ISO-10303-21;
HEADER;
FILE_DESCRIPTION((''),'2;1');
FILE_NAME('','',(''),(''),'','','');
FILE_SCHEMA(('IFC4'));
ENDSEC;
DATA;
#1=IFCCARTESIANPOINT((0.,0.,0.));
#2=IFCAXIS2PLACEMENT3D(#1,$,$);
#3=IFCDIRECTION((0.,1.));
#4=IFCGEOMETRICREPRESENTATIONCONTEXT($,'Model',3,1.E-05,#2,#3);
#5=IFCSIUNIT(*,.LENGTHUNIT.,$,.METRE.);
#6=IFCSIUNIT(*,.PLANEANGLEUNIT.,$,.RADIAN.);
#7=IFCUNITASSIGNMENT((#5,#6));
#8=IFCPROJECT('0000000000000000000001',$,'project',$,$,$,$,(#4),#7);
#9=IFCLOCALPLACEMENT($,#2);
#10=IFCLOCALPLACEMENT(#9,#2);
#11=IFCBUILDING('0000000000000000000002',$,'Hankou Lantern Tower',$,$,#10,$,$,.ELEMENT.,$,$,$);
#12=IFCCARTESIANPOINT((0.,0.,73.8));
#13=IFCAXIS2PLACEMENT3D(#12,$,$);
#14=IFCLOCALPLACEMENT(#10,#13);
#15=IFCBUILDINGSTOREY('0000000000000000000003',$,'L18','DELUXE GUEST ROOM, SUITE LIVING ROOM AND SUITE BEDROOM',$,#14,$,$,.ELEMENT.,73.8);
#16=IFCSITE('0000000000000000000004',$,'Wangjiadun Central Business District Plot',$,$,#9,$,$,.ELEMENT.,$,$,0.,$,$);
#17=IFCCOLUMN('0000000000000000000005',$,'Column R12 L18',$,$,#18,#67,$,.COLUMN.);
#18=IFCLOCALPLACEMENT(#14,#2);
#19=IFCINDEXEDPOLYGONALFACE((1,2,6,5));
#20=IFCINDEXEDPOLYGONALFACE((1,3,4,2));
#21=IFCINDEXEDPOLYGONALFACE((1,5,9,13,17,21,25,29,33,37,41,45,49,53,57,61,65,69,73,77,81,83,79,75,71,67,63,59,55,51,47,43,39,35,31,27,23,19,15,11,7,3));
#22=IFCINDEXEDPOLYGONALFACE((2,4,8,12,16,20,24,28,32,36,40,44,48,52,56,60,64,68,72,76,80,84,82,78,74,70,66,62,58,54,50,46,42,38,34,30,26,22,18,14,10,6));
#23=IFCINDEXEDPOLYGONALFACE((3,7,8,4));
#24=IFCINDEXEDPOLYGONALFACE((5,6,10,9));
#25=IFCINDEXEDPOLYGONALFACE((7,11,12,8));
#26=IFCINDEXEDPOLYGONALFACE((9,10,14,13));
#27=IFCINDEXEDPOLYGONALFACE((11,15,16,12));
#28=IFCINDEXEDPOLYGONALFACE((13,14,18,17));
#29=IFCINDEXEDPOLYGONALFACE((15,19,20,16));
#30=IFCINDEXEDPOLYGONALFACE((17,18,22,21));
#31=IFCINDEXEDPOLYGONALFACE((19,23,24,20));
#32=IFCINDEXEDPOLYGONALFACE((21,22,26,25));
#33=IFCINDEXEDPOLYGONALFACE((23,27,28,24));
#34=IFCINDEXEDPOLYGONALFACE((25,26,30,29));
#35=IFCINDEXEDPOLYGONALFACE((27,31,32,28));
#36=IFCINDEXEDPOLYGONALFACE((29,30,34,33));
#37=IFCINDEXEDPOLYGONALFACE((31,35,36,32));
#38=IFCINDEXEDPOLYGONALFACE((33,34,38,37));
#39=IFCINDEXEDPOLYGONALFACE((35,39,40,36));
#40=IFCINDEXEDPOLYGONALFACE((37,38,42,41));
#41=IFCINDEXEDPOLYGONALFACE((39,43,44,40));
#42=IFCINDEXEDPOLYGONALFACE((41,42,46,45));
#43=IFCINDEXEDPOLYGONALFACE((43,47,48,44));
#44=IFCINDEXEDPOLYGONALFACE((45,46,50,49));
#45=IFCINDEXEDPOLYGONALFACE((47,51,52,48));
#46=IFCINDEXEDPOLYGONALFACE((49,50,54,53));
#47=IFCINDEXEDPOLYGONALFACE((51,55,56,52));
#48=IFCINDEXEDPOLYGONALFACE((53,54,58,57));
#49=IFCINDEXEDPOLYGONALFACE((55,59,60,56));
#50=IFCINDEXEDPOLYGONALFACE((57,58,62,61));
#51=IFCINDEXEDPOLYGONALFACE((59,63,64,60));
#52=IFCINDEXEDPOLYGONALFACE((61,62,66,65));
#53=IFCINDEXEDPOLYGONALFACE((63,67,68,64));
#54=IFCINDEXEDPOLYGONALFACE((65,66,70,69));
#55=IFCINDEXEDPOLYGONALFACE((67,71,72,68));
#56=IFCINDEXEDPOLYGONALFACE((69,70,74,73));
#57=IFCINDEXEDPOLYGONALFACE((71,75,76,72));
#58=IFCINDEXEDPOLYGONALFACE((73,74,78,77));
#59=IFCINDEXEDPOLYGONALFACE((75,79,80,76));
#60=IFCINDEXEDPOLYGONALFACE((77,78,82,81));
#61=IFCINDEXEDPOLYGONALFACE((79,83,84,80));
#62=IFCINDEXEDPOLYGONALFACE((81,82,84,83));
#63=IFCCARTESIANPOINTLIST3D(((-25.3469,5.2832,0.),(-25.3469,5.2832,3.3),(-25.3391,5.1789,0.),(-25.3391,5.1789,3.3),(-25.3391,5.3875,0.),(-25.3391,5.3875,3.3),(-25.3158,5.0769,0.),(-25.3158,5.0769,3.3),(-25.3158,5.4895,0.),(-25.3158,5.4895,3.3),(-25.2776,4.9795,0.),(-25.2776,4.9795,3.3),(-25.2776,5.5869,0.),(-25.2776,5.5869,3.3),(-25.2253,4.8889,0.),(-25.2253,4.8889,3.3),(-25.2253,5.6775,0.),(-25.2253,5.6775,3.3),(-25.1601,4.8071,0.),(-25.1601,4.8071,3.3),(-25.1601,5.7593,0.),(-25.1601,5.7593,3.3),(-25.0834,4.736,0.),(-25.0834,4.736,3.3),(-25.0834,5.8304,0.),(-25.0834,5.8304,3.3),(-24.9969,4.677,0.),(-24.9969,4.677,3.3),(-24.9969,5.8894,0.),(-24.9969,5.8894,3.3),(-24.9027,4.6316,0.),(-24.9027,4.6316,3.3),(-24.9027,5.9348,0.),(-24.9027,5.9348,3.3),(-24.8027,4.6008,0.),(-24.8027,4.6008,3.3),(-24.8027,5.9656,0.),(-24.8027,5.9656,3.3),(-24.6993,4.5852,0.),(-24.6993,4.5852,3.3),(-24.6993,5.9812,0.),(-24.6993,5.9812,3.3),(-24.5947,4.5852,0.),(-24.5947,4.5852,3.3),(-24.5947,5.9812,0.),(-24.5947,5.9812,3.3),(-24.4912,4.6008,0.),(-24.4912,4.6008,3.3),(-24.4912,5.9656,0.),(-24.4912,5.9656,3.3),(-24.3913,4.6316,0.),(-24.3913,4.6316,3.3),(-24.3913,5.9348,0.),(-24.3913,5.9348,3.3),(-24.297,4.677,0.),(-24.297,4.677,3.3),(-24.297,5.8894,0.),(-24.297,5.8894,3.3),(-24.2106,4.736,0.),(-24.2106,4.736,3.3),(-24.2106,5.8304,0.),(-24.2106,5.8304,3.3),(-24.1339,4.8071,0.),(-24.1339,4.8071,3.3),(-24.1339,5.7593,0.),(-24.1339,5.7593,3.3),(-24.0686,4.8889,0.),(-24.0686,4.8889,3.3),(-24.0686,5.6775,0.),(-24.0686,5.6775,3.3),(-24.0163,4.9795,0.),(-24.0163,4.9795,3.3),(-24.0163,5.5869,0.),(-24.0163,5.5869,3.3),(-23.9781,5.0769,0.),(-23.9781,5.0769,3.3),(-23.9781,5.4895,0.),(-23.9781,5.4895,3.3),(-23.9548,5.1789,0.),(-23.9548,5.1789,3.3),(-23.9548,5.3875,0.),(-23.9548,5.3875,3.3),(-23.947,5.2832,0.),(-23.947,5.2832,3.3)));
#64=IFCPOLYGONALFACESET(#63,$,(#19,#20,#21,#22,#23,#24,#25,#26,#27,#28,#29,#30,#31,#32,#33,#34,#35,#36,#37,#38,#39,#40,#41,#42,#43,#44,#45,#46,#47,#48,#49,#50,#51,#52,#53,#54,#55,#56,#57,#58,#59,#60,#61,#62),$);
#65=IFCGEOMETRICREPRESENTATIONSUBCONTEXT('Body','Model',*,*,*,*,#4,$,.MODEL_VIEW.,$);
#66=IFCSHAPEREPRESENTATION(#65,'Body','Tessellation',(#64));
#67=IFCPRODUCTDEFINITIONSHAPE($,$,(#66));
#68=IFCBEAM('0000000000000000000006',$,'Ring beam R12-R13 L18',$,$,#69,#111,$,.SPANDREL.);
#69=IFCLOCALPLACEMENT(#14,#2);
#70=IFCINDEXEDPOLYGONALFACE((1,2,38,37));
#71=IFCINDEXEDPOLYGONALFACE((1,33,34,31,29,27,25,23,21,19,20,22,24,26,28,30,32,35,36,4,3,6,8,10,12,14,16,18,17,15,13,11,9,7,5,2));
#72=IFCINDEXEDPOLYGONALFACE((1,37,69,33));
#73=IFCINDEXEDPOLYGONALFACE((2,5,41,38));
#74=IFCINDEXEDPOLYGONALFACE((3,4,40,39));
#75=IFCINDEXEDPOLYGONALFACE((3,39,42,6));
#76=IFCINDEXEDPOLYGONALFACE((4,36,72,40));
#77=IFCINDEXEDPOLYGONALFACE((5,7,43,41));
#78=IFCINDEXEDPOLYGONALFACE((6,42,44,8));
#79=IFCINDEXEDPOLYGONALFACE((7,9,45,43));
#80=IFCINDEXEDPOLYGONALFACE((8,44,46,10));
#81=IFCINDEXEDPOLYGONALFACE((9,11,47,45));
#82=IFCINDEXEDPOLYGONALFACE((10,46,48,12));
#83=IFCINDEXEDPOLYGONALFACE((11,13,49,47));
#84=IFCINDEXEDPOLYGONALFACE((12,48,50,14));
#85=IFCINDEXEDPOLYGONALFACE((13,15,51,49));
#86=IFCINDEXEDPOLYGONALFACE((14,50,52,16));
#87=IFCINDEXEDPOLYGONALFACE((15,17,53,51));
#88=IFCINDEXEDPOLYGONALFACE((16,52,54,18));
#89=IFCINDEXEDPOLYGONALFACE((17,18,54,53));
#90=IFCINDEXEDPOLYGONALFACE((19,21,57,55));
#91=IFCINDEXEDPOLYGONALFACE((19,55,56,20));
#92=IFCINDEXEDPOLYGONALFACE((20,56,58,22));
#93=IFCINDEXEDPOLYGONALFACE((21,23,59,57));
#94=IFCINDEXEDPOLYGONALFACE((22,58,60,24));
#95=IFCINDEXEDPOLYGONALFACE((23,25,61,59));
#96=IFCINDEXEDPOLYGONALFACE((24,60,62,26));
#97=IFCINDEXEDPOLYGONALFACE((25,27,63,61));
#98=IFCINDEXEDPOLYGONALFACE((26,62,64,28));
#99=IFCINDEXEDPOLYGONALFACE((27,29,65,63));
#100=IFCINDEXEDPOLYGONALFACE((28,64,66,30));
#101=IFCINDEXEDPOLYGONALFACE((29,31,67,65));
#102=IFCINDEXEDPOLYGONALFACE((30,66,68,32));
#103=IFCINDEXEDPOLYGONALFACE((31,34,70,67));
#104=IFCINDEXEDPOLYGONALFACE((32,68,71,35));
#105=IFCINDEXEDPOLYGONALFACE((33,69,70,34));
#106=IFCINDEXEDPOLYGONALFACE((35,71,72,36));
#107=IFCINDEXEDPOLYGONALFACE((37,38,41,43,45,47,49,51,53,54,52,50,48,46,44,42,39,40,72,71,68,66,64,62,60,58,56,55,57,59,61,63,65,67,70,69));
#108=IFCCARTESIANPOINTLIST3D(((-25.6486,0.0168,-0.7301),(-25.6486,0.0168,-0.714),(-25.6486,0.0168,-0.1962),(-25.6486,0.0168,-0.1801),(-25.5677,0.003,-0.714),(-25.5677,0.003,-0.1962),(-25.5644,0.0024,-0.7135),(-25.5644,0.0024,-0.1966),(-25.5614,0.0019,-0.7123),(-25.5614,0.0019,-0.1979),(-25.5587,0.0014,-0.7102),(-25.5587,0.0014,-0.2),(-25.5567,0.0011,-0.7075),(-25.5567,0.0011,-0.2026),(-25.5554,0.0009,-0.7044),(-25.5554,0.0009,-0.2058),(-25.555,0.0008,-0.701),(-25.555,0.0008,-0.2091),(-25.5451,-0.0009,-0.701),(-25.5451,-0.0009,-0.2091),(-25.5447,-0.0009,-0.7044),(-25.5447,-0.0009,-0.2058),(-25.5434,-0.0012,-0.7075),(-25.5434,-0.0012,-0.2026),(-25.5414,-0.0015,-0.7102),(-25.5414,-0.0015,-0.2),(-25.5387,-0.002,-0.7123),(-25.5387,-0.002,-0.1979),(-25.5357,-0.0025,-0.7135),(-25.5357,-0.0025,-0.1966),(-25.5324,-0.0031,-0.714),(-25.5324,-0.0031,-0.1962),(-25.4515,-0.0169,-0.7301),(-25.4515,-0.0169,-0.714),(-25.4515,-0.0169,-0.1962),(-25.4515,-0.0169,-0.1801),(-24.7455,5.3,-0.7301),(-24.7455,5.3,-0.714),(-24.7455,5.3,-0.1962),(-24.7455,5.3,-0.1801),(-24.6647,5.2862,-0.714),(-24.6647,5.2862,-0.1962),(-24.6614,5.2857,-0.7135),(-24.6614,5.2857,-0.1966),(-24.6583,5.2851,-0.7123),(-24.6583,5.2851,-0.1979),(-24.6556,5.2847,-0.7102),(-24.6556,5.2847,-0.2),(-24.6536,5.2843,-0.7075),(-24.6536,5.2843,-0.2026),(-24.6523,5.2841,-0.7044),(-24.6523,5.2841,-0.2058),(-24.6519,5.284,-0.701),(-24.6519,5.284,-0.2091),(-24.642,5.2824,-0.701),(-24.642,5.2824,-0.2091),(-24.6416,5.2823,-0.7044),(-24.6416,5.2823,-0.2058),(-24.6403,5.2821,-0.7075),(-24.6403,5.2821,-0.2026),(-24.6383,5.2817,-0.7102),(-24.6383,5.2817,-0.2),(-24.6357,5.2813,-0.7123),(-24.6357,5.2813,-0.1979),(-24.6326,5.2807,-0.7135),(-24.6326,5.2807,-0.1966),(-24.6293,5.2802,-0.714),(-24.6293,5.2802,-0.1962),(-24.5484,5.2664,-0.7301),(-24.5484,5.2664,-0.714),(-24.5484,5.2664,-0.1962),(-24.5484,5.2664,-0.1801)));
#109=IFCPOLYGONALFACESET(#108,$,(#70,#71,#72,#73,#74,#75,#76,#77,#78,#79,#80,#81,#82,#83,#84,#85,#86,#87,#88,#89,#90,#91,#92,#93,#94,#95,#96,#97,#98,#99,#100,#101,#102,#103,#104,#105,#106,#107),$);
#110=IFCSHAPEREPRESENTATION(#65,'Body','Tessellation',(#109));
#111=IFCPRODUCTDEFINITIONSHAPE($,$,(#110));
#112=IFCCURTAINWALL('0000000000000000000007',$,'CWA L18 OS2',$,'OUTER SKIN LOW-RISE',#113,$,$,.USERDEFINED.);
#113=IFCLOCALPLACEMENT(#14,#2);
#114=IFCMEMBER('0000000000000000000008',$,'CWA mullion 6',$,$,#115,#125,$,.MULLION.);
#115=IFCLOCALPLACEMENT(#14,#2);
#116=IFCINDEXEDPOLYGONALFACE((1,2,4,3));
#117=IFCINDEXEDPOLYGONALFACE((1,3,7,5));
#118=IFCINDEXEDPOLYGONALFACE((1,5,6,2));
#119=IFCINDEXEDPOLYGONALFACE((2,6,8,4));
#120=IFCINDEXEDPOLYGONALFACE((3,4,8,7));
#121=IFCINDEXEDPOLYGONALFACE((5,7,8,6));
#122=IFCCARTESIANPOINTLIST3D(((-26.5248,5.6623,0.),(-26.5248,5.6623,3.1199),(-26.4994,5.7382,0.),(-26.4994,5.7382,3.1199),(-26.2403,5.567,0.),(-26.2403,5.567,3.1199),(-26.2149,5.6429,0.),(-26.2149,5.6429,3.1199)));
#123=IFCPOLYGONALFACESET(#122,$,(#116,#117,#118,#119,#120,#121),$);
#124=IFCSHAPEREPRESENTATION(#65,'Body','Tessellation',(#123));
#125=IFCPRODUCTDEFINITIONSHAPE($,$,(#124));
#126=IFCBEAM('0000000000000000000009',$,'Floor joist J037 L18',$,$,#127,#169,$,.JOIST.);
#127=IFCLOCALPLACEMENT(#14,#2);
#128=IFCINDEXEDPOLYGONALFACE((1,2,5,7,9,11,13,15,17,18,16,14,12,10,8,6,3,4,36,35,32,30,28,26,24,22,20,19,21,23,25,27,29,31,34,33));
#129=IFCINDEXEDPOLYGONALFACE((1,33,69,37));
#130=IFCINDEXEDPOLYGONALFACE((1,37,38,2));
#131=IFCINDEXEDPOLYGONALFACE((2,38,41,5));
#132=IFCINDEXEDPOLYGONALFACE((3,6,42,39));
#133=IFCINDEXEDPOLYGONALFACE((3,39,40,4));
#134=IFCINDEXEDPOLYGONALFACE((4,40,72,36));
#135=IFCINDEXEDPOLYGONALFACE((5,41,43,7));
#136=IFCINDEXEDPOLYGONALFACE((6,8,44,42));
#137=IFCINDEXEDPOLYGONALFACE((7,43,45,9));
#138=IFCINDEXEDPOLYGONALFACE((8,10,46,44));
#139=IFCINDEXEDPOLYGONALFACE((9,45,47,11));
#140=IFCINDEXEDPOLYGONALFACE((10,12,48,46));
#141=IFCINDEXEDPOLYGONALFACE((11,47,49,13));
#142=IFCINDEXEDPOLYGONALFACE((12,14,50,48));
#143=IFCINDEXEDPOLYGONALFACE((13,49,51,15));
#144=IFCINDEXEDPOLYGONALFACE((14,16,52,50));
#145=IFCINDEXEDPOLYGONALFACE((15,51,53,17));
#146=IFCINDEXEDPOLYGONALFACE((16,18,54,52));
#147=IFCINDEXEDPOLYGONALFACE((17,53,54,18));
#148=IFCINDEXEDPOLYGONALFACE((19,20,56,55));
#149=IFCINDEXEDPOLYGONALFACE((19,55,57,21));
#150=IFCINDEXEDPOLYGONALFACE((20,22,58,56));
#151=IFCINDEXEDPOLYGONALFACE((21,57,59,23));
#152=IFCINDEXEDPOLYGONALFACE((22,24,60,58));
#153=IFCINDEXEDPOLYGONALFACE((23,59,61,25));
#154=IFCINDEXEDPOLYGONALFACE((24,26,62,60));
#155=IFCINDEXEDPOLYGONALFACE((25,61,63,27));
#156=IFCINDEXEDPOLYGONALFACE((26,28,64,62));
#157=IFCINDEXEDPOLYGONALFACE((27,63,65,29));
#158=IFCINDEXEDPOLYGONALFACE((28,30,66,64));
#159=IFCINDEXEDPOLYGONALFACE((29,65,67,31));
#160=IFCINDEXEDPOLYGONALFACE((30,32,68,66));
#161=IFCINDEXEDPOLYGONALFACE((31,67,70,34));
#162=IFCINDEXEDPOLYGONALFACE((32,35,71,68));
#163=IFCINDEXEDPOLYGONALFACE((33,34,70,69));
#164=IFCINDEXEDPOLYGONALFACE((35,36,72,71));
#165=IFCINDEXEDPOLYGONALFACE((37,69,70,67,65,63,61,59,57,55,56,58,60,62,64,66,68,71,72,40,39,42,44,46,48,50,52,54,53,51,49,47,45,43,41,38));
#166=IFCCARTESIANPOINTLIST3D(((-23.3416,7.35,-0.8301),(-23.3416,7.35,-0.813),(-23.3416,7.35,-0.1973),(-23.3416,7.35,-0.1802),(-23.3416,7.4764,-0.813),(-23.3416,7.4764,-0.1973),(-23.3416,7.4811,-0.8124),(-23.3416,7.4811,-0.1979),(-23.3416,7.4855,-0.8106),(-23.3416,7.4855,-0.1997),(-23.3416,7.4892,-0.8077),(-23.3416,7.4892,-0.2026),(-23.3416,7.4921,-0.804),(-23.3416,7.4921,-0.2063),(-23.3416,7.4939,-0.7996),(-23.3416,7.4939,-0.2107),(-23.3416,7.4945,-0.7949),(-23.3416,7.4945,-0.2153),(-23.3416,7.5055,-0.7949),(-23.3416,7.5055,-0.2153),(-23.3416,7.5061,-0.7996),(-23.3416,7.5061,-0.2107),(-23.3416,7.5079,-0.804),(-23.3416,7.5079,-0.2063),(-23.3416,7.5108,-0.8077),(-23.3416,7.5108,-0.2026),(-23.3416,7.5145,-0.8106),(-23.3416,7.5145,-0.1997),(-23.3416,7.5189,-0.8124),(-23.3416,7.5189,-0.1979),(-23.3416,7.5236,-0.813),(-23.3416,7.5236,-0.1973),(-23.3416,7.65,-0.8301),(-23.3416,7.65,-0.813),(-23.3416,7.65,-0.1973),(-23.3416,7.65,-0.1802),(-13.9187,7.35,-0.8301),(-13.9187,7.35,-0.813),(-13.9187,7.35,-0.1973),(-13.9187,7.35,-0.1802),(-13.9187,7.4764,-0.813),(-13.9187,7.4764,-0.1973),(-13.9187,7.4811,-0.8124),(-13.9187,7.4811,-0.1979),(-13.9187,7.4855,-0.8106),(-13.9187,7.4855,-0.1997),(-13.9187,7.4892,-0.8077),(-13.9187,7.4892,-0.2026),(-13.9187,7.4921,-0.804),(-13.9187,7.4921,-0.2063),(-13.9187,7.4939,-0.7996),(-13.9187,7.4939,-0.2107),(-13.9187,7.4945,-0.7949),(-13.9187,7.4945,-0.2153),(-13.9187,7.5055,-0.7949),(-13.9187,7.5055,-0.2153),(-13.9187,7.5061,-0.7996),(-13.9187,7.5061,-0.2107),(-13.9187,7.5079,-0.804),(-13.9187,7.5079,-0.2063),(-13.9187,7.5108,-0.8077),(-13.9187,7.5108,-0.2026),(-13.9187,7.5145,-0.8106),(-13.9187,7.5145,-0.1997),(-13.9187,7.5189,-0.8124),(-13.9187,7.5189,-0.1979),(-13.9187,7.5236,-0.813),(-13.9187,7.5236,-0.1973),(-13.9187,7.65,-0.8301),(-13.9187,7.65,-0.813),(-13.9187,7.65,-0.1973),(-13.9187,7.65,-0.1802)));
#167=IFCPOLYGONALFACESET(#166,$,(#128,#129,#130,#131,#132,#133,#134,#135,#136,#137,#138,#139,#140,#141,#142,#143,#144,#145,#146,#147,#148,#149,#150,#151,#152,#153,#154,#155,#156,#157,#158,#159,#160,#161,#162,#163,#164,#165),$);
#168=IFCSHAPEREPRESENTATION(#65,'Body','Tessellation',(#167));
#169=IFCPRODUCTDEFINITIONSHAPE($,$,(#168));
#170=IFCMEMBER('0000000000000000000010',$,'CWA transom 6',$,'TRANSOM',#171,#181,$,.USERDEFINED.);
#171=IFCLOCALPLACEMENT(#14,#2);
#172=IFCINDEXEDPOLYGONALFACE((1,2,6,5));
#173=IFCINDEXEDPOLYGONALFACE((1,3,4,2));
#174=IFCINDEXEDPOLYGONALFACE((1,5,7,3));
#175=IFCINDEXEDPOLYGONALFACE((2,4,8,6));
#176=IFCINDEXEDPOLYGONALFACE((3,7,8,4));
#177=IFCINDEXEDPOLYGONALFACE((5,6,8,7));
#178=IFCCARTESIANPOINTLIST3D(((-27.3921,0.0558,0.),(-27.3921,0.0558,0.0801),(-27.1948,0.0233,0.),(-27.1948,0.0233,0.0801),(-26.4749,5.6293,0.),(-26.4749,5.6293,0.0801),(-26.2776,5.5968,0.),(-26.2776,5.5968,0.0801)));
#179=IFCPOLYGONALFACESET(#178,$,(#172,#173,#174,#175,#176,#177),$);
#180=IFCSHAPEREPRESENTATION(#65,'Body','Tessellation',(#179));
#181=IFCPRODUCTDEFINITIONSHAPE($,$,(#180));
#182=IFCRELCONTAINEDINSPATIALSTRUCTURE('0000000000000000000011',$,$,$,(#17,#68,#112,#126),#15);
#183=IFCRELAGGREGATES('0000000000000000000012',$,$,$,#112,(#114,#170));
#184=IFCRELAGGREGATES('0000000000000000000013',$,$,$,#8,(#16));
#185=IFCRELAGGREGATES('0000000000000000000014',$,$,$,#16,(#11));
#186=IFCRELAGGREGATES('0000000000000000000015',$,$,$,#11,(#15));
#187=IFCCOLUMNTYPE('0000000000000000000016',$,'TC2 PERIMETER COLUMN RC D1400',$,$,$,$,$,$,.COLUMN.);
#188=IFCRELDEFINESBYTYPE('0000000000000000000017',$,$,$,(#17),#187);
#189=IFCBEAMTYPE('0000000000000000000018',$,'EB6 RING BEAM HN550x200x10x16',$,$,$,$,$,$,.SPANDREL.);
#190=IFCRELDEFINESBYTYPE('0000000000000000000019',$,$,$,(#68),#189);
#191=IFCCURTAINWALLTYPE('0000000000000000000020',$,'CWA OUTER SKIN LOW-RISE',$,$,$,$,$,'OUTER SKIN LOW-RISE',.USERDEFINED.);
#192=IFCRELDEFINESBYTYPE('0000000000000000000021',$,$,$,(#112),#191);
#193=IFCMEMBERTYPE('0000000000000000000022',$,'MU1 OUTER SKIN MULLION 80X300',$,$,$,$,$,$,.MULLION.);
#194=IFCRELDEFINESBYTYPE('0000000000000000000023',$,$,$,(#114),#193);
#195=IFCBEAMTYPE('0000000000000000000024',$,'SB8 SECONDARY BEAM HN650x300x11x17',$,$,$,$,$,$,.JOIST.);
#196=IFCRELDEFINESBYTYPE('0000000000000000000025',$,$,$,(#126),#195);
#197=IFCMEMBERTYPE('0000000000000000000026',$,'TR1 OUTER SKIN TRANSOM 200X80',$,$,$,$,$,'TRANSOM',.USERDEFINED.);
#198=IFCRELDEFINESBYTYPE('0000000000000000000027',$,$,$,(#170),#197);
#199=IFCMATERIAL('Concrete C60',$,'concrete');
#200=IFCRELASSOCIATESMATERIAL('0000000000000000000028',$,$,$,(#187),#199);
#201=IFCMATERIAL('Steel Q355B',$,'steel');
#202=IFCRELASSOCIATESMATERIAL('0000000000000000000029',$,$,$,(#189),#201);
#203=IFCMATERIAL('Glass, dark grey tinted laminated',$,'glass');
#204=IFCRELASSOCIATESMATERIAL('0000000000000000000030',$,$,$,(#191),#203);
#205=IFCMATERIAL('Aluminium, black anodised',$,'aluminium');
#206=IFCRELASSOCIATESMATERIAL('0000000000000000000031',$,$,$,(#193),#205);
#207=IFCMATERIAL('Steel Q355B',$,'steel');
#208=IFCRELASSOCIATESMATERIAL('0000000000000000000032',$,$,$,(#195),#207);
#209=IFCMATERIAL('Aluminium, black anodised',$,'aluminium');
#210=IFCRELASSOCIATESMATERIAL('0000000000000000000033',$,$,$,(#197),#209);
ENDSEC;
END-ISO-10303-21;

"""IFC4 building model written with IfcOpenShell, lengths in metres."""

from ifc_helpers import new_model, si_unit, direction, frame, origin, origin_2d, place, context, subcontext, project, spatial, rectangle, circle, i_section, extrude, material, material_profile, profile_set, type_object, element, aggregate, save


model = new_model("IFC4")

# Units and contexts
model_context = context("Model", 3, precision=1e-05, world=origin(), true_north=direction((0.0, 1.0)))
body_context = subcontext(model_context, "Body", "Model", "MODEL_VIEW")
ifc_project = project(units=[si_unit("LENGTHUNIT", "METRE"), si_unit("PLANEANGLEUNIT", "RADIAN")], contexts=[model_context])

# Site, building, storey
site_placement = place(None, origin())
site = spatial("IfcSite", under=ifc_project, at=site_placement, Name="Wangjiadun Central Business District Plot", CompositionType="ELEMENT", RefElevation=0.0)
building_placement = place(site_placement, origin())
building = spatial("IfcBuilding", under=site, at=building_placement, Name="Hankou Lantern Tower", CompositionType="ELEMENT")
storey_placement = place(building_placement, frame((0.0, 0.0, 73.8)))
storey = spatial("IfcBuildingStorey", under=building, at=storey_placement, Name="L18", Description="DELUXE GUEST ROOM, SUITE LIVING ROOM AND SUITE BEDROOM", CompositionType="ELEMENT", Elevation=73.8)

# Column
ifc_material_1 = material(Name="Concrete C60", Category="concrete")
ifc_material_profile_1 = material_profile(ifc_material_1, circle(Radius=0.7, at=origin_2d()), Name="RC D1400")
ifc_profile_set_1 = profile_set([ifc_material_profile_1], Name="Concrete C60")
column_type = type_object("IfcColumnType", Name="TC2 PERIMETER COLUMN RC D1400", PredefinedType="COLUMN", material=ifc_profile_set_1)
column_placement = place(storey_placement, frame((-24.647, 5.2832, 0.0), z_axis=(0.0, 0.0, 1.0), x_axis=(1.0, 0.0, 0.0)))
element("IfcColumn", 1, at=column_placement, inside=storey, type_object=column_type, Name="Column R12 L18", PredefinedType="COLUMN", context=body_context, shape_type="SweptSolid", body=[
    extrude(circle(Radius=0.7, at=origin_2d()), origin(), (0.0, 0.0, 1.0), 3.3),
])

# Beam
ifc_material_2 = material(Name="Steel Q355B", Category="steel")
ifc_material_profile_2 = material_profile(ifc_material_2, i_section(OverallWidth=0.2, OverallDepth=0.55, WebThickness=0.01, FlangeThickness=0.0161, FilletRadius=0.0129, at=origin_2d()), Name="HN550x200x10x16")
ifc_profile_set_2 = profile_set([ifc_material_profile_2], Name="Steel Q355B")
beam_type_1 = type_object("IfcBeamType", Name="EB6 RING BEAM HN550x200x10x16", PredefinedType="SPANDREL", material=ifc_profile_set_2)
beam_1_placement = place(storey_placement, frame((-24.647, 5.2832, -0.4551), z_axis=(-0.16849, -0.985703, 0.0), x_axis=(0.985703, -0.16849, 0.0)))
element("IfcBeam", 2, at=beam_1_placement, inside=storey, type_object=beam_type_1, Name="Ring beam R12-R13 L18", PredefinedType="SPANDREL", context=body_context, shape_type="SweptSolid", body=[
    extrude(i_section(OverallWidth=0.2, OverallDepth=0.55, WebThickness=0.01, FlangeThickness=0.0161, FilletRadius=0.0129, at=origin_2d()), origin(), (0.0, 0.0, 1.0), 5.3599),
])

# Curtain wall, member
ifc_material_3 = material(Name="Glass, dark grey tinted laminated", Category="glass")
curtain_wall_type = type_object("IfcCurtainWallType", Name="CWA OUTER SKIN LOW-RISE", ElementType="OUTER SKIN LOW-RISE", PredefinedType="USERDEFINED", material=ifc_material_3)
curtain_wall_placement = place(storey_placement, origin())
curtain_wall = element("IfcCurtainWall", 3, at=curtain_wall_placement, inside=storey, type_object=curtain_wall_type, Name="CWA L18 OS2", ObjectType="OUTER SKIN LOW-RISE", PredefinedType="USERDEFINED")
ifc_material_4 = material(Name="Aluminium, black anodised", Category="aluminium")
ifc_material_profile_3 = material_profile(ifc_material_4, rectangle(XDim=0.0801, YDim=0.3, at=origin_2d()), Name="MU1 80X300")
ifc_profile_set_3 = profile_set([ifc_material_profile_3], Name="Aluminium, black anodised")
member_type_1 = type_object("IfcMemberType", Name="MU1 OUTER SKIN MULLION 80X300", PredefinedType="MULLION", material=ifc_profile_set_3)
member_1_placement = place(storey_placement, frame((-26.3699, 5.6526, 0.0), z_axis=(0.0, 0.0, 1.0), x_axis=(-0.317596, -0.948226, 0.0)))
member_1 = element("IfcMember", 4, at=member_1_placement, type_object=member_type_1, Name="CWA mullion 6", PredefinedType="MULLION", context=body_context, shape_type="SweptSolid", body=[
    extrude(rectangle(XDim=0.0801, YDim=0.3, at=origin_2d()), origin(), (0.0, 0.0, 1.0), 3.1199),
])

# Beam
ifc_material_5 = material(Name="Steel Q355B", Category="steel")
ifc_material_profile_4 = material_profile(ifc_material_5, i_section(OverallWidth=0.3, OverallDepth=0.6499, WebThickness=0.011, FlangeThickness=0.0171, FilletRadius=0.0181, at=origin_2d()), Name="HN650x300x11x17")
ifc_profile_set_4 = profile_set([ifc_material_profile_4], Name="Steel Q355B")
beam_type_2 = type_object("IfcBeamType", Name="SB8 SECONDARY BEAM HN650x300x11x17", PredefinedType="JOIST", material=ifc_profile_set_4)
beam_2_placement = place(storey_placement, frame((-23.3416, 7.5, -0.5051), z_axis=(1.0, 0.0, 0.0), x_axis=(0.0, 1.0, 0.0)))
element("IfcBeam", 5, at=beam_2_placement, inside=storey, type_object=beam_type_2, Name="Floor joist J037 L18", PredefinedType="JOIST", context=body_context, shape_type="SweptSolid", body=[
    extrude(i_section(OverallWidth=0.3, OverallDepth=0.6499, WebThickness=0.011, FlangeThickness=0.0171, FilletRadius=0.0181, at=origin_2d()), origin(), (0.0, 0.0, 1.0), 9.4229),
])

# Member
ifc_material_6 = material(Name="Aluminium, black anodised", Category="aluminium")
ifc_material_profile_5 = material_profile(ifc_material_6, rectangle(XDim=0.2, YDim=0.0801, at=origin_2d()), Name="TR1 200X80")
ifc_profile_set_5 = profile_set([ifc_material_profile_5], Name="Aluminium, black anodised")
member_type_2 = type_object("IfcMemberType", Name="TR1 OUTER SKIN TRANSOM 200X80", ElementType="TRANSOM", PredefinedType="USERDEFINED", material=ifc_profile_set_5)
member_2_placement = place(storey_placement, frame((-26.3762, 5.613, 0.04), z_axis=(-0.162387, -0.986727, 0.0), x_axis=(0.986727, -0.162387, 0.0)))
member_2 = element("IfcMember", 6, at=member_2_placement, type_object=member_type_2, Name="CWA transom 6", ObjectType="TRANSOM", PredefinedType="USERDEFINED", context=body_context, shape_type="SweptSolid", body=[
    extrude(rectangle(XDim=0.2, YDim=0.0801, at=origin_2d()), origin(), (0.0, 0.0, 1.0), 5.6484),
])

aggregate(curtain_wall, [member_1, member_2])

save(model, "model.ifc")
